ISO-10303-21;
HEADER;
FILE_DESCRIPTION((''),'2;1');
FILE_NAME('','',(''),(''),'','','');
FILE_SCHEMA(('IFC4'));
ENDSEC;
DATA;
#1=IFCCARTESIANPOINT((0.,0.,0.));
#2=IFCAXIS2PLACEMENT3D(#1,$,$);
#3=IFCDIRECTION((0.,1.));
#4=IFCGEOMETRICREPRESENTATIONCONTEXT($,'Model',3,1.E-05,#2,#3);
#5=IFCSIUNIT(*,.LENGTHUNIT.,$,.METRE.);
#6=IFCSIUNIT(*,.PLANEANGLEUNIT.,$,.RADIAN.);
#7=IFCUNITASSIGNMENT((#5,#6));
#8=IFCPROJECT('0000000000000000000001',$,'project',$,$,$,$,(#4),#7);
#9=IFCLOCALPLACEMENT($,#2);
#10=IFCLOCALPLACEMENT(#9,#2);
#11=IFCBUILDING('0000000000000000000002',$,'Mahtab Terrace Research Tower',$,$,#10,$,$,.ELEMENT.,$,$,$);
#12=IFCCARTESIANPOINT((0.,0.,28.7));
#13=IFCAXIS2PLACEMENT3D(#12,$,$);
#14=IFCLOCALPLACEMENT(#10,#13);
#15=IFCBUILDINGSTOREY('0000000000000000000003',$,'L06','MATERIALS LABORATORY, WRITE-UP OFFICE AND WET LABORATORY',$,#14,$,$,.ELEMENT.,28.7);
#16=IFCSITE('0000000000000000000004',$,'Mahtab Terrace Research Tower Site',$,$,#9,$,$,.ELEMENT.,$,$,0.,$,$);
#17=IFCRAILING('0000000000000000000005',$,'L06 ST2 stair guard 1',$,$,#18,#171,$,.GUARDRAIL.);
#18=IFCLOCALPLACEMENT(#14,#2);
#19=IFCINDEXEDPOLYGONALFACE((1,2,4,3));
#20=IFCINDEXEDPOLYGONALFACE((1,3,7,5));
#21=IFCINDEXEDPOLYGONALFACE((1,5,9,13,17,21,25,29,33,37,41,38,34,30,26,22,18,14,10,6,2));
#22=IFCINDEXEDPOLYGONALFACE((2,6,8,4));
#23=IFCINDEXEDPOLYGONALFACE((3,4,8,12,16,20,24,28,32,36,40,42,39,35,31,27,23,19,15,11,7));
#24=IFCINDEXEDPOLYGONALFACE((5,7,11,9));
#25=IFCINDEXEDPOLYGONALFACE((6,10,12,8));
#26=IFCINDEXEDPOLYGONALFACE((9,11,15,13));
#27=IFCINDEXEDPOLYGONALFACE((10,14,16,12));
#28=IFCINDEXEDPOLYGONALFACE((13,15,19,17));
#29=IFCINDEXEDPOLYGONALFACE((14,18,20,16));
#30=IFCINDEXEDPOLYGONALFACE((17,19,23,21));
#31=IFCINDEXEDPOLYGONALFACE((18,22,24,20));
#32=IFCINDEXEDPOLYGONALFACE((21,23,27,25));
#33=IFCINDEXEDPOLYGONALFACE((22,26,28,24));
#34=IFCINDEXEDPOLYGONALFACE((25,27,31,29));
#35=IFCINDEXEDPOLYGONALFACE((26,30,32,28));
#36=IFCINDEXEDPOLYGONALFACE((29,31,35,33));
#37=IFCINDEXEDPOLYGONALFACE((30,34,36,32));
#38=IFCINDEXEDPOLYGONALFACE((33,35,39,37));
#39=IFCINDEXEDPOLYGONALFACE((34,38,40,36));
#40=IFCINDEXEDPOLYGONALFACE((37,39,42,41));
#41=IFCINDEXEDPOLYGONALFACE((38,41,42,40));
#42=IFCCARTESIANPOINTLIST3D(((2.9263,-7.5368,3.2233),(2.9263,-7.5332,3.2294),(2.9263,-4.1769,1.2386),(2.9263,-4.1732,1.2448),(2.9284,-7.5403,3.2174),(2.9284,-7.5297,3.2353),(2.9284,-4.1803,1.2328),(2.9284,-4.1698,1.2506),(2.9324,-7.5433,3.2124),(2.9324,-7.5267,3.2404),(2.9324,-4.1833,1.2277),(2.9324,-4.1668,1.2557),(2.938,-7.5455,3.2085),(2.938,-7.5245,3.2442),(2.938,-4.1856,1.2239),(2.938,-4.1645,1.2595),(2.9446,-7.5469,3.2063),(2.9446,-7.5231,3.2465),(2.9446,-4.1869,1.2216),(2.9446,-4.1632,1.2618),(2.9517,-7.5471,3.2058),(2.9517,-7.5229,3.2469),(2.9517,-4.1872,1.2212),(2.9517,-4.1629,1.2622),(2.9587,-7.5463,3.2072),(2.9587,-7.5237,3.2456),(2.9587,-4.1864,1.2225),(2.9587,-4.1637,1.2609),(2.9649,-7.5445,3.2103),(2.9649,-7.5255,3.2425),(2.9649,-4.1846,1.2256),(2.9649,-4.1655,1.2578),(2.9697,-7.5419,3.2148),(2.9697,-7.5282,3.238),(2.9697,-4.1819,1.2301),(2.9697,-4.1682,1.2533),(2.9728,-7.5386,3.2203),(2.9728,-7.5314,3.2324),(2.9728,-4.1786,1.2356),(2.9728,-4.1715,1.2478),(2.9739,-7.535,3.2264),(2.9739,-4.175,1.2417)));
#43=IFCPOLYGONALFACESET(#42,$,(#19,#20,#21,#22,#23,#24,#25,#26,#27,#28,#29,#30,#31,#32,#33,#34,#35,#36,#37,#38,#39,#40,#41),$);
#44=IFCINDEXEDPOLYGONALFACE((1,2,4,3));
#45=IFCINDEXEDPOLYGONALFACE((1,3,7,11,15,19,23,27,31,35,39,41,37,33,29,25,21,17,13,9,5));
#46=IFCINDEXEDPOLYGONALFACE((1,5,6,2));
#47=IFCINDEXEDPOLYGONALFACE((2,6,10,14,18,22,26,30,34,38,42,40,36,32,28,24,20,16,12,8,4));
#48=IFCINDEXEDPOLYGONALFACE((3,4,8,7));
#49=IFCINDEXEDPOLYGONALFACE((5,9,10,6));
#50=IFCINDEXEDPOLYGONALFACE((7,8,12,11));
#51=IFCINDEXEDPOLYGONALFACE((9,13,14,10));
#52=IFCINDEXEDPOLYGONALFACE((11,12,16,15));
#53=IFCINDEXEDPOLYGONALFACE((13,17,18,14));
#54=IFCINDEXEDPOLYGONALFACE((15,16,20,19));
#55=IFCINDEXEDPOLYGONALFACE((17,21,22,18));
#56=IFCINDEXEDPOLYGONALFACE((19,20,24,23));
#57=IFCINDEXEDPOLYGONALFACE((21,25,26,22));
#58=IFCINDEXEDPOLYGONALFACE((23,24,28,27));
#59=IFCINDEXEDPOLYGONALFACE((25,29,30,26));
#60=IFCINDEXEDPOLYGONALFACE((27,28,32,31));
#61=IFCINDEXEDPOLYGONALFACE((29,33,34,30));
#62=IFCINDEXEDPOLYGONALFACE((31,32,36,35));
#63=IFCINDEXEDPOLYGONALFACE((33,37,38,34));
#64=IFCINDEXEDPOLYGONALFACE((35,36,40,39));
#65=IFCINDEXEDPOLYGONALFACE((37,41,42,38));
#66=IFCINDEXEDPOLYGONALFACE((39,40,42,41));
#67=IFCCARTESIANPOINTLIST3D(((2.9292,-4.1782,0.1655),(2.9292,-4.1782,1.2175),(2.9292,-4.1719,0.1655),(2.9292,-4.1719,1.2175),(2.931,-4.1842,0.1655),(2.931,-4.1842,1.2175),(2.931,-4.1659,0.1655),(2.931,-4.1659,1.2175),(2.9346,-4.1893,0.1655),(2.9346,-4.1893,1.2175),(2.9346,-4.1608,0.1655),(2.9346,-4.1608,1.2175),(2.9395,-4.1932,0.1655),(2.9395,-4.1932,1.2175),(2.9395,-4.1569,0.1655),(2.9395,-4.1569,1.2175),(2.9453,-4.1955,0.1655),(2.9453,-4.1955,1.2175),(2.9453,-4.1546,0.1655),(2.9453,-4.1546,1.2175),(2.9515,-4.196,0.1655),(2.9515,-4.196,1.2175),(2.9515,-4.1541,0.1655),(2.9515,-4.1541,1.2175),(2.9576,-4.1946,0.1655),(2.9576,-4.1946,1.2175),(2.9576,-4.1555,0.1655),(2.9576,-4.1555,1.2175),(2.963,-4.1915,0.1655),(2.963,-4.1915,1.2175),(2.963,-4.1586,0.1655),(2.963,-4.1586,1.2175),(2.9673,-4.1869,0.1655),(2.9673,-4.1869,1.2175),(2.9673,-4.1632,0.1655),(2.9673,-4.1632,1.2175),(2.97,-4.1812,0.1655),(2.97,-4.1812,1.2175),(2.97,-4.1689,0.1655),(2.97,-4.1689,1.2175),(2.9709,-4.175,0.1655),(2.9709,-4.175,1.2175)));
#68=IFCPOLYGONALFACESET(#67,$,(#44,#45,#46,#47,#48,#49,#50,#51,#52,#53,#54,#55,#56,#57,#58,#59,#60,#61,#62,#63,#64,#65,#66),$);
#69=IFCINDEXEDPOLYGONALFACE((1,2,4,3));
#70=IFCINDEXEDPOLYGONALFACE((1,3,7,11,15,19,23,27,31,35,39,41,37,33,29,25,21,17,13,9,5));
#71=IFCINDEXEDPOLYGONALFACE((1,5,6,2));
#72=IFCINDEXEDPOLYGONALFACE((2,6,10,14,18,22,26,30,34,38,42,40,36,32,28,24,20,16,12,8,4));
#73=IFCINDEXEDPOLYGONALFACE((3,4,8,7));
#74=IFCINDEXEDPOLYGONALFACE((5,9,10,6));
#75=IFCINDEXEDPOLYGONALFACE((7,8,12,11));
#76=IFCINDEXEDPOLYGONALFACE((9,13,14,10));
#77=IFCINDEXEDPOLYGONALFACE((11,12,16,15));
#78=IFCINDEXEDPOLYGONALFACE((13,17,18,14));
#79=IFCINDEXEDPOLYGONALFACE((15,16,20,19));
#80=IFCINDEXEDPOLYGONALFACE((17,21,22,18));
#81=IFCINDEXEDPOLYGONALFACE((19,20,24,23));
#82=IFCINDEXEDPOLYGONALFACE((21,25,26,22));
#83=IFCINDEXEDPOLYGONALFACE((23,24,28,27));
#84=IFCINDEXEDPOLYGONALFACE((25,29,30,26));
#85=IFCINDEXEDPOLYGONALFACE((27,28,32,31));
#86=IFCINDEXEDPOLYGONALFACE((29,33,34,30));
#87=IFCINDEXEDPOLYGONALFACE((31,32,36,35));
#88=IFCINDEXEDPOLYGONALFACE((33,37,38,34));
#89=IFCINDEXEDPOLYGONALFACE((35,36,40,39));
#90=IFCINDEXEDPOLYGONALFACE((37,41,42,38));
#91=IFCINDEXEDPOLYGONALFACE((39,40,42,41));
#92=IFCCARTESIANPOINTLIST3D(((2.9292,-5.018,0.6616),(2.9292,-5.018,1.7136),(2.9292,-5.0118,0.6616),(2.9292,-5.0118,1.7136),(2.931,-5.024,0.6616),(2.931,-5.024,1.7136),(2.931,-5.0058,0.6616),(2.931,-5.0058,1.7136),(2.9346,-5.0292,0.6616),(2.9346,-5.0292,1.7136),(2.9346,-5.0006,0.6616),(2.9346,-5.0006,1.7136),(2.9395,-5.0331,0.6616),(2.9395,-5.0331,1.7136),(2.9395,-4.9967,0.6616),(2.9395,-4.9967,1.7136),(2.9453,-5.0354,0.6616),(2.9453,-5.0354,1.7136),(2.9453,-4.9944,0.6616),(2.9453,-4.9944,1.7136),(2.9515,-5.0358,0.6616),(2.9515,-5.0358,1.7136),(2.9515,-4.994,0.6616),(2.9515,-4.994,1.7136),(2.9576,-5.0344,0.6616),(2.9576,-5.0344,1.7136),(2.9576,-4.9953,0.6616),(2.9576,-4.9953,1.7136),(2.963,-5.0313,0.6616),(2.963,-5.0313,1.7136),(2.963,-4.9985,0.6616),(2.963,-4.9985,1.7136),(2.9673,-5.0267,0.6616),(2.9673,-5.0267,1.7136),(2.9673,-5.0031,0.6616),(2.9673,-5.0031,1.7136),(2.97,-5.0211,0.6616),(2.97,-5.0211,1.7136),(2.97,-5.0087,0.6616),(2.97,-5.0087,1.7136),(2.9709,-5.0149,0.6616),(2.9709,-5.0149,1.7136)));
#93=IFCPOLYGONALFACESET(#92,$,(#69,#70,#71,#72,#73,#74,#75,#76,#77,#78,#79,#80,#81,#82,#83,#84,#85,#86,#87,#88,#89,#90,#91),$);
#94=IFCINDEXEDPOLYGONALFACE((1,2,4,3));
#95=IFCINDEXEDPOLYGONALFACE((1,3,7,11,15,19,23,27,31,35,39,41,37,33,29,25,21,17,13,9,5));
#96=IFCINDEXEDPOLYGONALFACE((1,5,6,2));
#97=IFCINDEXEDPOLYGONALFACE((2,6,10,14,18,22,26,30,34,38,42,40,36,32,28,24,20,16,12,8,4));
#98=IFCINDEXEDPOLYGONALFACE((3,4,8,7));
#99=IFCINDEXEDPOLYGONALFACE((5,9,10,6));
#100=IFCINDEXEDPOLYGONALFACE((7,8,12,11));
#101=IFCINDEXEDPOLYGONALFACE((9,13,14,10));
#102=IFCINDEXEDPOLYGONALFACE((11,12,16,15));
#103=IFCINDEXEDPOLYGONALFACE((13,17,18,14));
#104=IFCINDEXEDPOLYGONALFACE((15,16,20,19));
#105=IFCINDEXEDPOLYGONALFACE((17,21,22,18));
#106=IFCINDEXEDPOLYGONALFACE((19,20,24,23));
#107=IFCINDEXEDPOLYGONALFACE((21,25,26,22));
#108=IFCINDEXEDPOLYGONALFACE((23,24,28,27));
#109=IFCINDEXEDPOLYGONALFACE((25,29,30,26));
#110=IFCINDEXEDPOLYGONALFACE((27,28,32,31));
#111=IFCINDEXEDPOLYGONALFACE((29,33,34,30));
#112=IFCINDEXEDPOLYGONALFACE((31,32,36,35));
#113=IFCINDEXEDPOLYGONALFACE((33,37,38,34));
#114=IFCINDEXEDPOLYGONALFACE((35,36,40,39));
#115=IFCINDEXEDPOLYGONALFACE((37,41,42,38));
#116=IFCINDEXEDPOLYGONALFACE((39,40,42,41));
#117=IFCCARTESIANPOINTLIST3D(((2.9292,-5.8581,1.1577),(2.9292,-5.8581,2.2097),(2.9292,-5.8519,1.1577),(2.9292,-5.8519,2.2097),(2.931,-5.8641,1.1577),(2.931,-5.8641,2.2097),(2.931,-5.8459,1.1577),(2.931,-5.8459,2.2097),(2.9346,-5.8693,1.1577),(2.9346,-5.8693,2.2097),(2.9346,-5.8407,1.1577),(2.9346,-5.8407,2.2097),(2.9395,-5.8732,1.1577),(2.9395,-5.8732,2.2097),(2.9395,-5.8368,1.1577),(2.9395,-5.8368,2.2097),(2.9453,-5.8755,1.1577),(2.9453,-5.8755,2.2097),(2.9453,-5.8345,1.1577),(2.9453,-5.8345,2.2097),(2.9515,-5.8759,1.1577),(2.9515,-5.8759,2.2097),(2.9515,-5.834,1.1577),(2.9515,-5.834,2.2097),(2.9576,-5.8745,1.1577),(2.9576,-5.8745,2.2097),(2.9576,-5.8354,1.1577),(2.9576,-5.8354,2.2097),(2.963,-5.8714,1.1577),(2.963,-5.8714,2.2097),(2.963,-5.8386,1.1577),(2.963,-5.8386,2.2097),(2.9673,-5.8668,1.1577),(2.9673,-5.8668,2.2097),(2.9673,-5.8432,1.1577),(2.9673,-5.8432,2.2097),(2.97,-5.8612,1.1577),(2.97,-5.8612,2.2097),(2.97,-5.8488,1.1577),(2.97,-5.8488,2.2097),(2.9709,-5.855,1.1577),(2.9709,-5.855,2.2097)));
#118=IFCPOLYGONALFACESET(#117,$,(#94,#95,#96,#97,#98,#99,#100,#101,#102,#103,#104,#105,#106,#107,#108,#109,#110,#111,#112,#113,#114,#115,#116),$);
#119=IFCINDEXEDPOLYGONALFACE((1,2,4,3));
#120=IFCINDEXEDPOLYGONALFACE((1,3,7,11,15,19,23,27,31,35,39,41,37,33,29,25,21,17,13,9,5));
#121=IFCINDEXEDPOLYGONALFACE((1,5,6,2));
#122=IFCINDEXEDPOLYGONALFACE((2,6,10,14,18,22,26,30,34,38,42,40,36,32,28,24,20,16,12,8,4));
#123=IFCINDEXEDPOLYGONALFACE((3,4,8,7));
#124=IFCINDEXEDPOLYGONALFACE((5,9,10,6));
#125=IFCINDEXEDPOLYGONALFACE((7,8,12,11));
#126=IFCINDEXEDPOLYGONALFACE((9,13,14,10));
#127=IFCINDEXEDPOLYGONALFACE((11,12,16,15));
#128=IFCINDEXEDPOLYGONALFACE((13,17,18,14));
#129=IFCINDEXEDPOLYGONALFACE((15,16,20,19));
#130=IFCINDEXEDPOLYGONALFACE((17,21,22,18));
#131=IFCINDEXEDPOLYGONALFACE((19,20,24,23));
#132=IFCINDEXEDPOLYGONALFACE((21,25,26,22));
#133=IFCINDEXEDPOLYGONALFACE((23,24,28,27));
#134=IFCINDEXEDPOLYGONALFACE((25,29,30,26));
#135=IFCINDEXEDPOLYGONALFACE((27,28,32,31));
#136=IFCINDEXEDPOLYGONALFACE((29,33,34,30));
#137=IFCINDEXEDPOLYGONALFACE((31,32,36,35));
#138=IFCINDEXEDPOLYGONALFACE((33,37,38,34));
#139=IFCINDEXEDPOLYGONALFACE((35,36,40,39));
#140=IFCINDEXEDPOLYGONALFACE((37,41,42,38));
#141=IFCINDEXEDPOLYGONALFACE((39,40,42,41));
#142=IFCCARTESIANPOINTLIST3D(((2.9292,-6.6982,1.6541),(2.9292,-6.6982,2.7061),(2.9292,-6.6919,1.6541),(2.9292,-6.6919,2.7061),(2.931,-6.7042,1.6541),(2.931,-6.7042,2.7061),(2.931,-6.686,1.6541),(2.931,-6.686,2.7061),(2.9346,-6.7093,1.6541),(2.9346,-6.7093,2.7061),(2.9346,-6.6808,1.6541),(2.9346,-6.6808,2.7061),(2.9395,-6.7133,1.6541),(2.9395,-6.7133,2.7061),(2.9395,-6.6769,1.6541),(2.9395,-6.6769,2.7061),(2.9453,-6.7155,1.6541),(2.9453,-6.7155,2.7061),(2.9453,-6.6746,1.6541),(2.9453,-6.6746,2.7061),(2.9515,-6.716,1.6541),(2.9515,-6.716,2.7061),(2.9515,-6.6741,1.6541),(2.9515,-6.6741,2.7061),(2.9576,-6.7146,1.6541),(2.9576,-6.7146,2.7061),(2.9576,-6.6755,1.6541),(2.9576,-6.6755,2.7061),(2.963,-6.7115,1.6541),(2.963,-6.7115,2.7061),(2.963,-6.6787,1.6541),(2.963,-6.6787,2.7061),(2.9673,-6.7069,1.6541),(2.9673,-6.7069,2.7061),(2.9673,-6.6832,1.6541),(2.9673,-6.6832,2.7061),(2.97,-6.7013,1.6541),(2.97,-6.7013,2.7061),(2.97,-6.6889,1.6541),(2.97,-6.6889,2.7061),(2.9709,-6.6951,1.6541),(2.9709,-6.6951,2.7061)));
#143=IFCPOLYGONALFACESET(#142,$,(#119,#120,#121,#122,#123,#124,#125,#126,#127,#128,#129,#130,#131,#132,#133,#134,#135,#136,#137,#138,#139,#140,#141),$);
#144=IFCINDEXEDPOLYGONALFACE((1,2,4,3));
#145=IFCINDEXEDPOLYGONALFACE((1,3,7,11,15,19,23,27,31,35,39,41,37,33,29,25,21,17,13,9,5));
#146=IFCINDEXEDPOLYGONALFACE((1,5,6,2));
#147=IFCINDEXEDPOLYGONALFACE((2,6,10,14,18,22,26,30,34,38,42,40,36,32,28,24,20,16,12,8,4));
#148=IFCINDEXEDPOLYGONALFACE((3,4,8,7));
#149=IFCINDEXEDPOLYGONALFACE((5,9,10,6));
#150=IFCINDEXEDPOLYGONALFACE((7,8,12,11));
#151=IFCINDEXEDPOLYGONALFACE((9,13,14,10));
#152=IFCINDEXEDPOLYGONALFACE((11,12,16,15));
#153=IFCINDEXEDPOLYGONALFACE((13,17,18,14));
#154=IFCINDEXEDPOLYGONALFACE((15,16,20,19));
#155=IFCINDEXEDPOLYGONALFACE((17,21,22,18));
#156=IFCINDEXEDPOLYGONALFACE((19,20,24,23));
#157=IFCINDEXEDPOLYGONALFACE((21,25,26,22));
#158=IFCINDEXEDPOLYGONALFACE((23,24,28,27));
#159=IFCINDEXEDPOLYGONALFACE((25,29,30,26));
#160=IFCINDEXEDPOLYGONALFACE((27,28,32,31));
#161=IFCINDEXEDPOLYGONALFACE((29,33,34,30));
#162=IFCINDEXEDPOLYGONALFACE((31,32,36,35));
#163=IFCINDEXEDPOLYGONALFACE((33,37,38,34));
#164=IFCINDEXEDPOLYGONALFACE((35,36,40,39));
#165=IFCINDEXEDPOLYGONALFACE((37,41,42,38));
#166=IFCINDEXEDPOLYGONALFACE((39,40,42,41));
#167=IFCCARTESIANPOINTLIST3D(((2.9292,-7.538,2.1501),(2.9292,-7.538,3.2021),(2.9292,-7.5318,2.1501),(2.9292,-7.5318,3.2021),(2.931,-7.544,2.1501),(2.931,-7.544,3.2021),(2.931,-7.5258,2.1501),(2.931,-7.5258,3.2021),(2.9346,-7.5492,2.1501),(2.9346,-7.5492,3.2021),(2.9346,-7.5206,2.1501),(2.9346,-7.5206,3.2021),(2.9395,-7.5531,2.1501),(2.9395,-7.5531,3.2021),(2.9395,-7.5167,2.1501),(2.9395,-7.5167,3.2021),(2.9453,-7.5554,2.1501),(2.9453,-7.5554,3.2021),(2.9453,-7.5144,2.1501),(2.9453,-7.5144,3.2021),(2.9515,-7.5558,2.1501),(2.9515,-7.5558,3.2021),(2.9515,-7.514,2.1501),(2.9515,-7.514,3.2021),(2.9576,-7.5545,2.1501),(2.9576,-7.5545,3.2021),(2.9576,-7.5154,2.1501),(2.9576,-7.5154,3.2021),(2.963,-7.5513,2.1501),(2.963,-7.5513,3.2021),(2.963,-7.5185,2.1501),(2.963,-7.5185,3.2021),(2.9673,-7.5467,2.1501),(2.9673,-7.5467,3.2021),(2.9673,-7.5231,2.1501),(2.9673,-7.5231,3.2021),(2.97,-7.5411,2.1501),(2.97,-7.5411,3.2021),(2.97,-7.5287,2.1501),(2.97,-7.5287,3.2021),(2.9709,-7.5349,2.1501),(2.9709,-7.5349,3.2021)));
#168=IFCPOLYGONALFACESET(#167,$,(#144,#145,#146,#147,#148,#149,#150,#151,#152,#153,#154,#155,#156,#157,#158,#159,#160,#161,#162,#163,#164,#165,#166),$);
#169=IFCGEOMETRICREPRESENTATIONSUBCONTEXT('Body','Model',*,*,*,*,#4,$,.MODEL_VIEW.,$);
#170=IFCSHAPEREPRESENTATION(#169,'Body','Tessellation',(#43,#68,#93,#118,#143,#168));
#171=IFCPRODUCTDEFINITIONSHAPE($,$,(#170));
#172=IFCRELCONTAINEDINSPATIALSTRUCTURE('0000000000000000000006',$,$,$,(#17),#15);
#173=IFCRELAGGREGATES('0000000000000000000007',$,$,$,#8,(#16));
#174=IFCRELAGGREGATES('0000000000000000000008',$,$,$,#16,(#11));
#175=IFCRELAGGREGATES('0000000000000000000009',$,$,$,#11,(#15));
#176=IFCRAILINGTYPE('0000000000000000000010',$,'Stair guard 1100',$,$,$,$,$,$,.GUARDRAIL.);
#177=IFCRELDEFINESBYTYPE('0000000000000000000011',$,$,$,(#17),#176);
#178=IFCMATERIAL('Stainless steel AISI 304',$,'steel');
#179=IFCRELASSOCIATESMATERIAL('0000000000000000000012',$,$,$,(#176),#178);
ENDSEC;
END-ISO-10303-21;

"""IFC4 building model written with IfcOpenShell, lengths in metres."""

from ifc_helpers import new_model, si_unit, direction, frame, origin, origin_2d, place, context, subcontext, project, spatial, circle, extrude, material, type_object, element, save


model = new_model("IFC4")

# Units and contexts
model_context = context("Model", 3, precision=1e-05, world=origin(), true_north=direction((0.0, 1.0)))
body_context = subcontext(model_context, "Body", "Model", "MODEL_VIEW")
ifc_project = project(units=[si_unit("LENGTHUNIT", "METRE"), si_unit("PLANEANGLEUNIT", "RADIAN")], contexts=[model_context])

# Site, building, storey
site_placement = place(None, origin())
site = spatial("IfcSite", under=ifc_project, at=site_placement, Name="Mahtab Terrace Research Tower Site", CompositionType="ELEMENT", RefElevation=0.0)
building_placement = place(site_placement, origin())
building = spatial("IfcBuilding", under=site, at=building_placement, Name="Mahtab Terrace Research Tower", CompositionType="ELEMENT")
storey_placement = place(building_placement, frame((0.0, 0.0, 28.7)))
storey = spatial("IfcBuildingStorey", under=building, at=storey_placement, Name="L06", Description="MATERIALS LABORATORY, WRITE-UP OFFICE AND WET LABORATORY", CompositionType="ELEMENT", Elevation=28.7)

# Railing
ifc_material_1 = material(Name="Stainless steel AISI 304", Category="steel")
railing_type_1 = type_object("IfcRailingType", Name="Stair guard 1100", PredefinedType="GUARDRAIL", material=ifc_material_1)
railing_1_placement = place(storey_placement, frame((2.95, -4.175, 0.1655)))
element("IfcRailing", 1, at=railing_1_placement, inside=storey, type_object=railing_type_1, Name="L06 ST2 stair guard 1", PredefinedType="GUARDRAIL", context=body_context, shape_type="SweptSolid", body=[
    extrude(circle(Radius=0.0239, at=origin_2d()), frame((0.0, 0.0, 1.0762), z_axis=(0.0, -0.861011, 0.508586), x_axis=(1.0, 0.0, 0.0)), (0.0, 0.0, 1.0), 3.9023),
    extrude(circle(Radius=0.021, at=origin_2d()), origin(), (0.0, 0.0, 1.0), 1.052),
    extrude(circle(Radius=0.021, at=origin_2d()), frame((0.0, -0.8398, 0.4961)), (0.0, 0.0, 1.0), 1.052),
    extrude(circle(Radius=0.021, at=origin_2d()), frame((0.0, -1.6799, 0.9922)), (0.0, 0.0, 1.0), 1.052),
    extrude(circle(Radius=0.021, at=origin_2d()), frame((0.0, -2.52, 1.4885)), (0.0, 0.0, 1.0), 1.052),
    extrude(circle(Radius=0.021, at=origin_2d()), frame((0.0, -3.3599, 1.9846)), (0.0, 0.0, 1.0), 1.052),
])

save(model, "model.ifc")
